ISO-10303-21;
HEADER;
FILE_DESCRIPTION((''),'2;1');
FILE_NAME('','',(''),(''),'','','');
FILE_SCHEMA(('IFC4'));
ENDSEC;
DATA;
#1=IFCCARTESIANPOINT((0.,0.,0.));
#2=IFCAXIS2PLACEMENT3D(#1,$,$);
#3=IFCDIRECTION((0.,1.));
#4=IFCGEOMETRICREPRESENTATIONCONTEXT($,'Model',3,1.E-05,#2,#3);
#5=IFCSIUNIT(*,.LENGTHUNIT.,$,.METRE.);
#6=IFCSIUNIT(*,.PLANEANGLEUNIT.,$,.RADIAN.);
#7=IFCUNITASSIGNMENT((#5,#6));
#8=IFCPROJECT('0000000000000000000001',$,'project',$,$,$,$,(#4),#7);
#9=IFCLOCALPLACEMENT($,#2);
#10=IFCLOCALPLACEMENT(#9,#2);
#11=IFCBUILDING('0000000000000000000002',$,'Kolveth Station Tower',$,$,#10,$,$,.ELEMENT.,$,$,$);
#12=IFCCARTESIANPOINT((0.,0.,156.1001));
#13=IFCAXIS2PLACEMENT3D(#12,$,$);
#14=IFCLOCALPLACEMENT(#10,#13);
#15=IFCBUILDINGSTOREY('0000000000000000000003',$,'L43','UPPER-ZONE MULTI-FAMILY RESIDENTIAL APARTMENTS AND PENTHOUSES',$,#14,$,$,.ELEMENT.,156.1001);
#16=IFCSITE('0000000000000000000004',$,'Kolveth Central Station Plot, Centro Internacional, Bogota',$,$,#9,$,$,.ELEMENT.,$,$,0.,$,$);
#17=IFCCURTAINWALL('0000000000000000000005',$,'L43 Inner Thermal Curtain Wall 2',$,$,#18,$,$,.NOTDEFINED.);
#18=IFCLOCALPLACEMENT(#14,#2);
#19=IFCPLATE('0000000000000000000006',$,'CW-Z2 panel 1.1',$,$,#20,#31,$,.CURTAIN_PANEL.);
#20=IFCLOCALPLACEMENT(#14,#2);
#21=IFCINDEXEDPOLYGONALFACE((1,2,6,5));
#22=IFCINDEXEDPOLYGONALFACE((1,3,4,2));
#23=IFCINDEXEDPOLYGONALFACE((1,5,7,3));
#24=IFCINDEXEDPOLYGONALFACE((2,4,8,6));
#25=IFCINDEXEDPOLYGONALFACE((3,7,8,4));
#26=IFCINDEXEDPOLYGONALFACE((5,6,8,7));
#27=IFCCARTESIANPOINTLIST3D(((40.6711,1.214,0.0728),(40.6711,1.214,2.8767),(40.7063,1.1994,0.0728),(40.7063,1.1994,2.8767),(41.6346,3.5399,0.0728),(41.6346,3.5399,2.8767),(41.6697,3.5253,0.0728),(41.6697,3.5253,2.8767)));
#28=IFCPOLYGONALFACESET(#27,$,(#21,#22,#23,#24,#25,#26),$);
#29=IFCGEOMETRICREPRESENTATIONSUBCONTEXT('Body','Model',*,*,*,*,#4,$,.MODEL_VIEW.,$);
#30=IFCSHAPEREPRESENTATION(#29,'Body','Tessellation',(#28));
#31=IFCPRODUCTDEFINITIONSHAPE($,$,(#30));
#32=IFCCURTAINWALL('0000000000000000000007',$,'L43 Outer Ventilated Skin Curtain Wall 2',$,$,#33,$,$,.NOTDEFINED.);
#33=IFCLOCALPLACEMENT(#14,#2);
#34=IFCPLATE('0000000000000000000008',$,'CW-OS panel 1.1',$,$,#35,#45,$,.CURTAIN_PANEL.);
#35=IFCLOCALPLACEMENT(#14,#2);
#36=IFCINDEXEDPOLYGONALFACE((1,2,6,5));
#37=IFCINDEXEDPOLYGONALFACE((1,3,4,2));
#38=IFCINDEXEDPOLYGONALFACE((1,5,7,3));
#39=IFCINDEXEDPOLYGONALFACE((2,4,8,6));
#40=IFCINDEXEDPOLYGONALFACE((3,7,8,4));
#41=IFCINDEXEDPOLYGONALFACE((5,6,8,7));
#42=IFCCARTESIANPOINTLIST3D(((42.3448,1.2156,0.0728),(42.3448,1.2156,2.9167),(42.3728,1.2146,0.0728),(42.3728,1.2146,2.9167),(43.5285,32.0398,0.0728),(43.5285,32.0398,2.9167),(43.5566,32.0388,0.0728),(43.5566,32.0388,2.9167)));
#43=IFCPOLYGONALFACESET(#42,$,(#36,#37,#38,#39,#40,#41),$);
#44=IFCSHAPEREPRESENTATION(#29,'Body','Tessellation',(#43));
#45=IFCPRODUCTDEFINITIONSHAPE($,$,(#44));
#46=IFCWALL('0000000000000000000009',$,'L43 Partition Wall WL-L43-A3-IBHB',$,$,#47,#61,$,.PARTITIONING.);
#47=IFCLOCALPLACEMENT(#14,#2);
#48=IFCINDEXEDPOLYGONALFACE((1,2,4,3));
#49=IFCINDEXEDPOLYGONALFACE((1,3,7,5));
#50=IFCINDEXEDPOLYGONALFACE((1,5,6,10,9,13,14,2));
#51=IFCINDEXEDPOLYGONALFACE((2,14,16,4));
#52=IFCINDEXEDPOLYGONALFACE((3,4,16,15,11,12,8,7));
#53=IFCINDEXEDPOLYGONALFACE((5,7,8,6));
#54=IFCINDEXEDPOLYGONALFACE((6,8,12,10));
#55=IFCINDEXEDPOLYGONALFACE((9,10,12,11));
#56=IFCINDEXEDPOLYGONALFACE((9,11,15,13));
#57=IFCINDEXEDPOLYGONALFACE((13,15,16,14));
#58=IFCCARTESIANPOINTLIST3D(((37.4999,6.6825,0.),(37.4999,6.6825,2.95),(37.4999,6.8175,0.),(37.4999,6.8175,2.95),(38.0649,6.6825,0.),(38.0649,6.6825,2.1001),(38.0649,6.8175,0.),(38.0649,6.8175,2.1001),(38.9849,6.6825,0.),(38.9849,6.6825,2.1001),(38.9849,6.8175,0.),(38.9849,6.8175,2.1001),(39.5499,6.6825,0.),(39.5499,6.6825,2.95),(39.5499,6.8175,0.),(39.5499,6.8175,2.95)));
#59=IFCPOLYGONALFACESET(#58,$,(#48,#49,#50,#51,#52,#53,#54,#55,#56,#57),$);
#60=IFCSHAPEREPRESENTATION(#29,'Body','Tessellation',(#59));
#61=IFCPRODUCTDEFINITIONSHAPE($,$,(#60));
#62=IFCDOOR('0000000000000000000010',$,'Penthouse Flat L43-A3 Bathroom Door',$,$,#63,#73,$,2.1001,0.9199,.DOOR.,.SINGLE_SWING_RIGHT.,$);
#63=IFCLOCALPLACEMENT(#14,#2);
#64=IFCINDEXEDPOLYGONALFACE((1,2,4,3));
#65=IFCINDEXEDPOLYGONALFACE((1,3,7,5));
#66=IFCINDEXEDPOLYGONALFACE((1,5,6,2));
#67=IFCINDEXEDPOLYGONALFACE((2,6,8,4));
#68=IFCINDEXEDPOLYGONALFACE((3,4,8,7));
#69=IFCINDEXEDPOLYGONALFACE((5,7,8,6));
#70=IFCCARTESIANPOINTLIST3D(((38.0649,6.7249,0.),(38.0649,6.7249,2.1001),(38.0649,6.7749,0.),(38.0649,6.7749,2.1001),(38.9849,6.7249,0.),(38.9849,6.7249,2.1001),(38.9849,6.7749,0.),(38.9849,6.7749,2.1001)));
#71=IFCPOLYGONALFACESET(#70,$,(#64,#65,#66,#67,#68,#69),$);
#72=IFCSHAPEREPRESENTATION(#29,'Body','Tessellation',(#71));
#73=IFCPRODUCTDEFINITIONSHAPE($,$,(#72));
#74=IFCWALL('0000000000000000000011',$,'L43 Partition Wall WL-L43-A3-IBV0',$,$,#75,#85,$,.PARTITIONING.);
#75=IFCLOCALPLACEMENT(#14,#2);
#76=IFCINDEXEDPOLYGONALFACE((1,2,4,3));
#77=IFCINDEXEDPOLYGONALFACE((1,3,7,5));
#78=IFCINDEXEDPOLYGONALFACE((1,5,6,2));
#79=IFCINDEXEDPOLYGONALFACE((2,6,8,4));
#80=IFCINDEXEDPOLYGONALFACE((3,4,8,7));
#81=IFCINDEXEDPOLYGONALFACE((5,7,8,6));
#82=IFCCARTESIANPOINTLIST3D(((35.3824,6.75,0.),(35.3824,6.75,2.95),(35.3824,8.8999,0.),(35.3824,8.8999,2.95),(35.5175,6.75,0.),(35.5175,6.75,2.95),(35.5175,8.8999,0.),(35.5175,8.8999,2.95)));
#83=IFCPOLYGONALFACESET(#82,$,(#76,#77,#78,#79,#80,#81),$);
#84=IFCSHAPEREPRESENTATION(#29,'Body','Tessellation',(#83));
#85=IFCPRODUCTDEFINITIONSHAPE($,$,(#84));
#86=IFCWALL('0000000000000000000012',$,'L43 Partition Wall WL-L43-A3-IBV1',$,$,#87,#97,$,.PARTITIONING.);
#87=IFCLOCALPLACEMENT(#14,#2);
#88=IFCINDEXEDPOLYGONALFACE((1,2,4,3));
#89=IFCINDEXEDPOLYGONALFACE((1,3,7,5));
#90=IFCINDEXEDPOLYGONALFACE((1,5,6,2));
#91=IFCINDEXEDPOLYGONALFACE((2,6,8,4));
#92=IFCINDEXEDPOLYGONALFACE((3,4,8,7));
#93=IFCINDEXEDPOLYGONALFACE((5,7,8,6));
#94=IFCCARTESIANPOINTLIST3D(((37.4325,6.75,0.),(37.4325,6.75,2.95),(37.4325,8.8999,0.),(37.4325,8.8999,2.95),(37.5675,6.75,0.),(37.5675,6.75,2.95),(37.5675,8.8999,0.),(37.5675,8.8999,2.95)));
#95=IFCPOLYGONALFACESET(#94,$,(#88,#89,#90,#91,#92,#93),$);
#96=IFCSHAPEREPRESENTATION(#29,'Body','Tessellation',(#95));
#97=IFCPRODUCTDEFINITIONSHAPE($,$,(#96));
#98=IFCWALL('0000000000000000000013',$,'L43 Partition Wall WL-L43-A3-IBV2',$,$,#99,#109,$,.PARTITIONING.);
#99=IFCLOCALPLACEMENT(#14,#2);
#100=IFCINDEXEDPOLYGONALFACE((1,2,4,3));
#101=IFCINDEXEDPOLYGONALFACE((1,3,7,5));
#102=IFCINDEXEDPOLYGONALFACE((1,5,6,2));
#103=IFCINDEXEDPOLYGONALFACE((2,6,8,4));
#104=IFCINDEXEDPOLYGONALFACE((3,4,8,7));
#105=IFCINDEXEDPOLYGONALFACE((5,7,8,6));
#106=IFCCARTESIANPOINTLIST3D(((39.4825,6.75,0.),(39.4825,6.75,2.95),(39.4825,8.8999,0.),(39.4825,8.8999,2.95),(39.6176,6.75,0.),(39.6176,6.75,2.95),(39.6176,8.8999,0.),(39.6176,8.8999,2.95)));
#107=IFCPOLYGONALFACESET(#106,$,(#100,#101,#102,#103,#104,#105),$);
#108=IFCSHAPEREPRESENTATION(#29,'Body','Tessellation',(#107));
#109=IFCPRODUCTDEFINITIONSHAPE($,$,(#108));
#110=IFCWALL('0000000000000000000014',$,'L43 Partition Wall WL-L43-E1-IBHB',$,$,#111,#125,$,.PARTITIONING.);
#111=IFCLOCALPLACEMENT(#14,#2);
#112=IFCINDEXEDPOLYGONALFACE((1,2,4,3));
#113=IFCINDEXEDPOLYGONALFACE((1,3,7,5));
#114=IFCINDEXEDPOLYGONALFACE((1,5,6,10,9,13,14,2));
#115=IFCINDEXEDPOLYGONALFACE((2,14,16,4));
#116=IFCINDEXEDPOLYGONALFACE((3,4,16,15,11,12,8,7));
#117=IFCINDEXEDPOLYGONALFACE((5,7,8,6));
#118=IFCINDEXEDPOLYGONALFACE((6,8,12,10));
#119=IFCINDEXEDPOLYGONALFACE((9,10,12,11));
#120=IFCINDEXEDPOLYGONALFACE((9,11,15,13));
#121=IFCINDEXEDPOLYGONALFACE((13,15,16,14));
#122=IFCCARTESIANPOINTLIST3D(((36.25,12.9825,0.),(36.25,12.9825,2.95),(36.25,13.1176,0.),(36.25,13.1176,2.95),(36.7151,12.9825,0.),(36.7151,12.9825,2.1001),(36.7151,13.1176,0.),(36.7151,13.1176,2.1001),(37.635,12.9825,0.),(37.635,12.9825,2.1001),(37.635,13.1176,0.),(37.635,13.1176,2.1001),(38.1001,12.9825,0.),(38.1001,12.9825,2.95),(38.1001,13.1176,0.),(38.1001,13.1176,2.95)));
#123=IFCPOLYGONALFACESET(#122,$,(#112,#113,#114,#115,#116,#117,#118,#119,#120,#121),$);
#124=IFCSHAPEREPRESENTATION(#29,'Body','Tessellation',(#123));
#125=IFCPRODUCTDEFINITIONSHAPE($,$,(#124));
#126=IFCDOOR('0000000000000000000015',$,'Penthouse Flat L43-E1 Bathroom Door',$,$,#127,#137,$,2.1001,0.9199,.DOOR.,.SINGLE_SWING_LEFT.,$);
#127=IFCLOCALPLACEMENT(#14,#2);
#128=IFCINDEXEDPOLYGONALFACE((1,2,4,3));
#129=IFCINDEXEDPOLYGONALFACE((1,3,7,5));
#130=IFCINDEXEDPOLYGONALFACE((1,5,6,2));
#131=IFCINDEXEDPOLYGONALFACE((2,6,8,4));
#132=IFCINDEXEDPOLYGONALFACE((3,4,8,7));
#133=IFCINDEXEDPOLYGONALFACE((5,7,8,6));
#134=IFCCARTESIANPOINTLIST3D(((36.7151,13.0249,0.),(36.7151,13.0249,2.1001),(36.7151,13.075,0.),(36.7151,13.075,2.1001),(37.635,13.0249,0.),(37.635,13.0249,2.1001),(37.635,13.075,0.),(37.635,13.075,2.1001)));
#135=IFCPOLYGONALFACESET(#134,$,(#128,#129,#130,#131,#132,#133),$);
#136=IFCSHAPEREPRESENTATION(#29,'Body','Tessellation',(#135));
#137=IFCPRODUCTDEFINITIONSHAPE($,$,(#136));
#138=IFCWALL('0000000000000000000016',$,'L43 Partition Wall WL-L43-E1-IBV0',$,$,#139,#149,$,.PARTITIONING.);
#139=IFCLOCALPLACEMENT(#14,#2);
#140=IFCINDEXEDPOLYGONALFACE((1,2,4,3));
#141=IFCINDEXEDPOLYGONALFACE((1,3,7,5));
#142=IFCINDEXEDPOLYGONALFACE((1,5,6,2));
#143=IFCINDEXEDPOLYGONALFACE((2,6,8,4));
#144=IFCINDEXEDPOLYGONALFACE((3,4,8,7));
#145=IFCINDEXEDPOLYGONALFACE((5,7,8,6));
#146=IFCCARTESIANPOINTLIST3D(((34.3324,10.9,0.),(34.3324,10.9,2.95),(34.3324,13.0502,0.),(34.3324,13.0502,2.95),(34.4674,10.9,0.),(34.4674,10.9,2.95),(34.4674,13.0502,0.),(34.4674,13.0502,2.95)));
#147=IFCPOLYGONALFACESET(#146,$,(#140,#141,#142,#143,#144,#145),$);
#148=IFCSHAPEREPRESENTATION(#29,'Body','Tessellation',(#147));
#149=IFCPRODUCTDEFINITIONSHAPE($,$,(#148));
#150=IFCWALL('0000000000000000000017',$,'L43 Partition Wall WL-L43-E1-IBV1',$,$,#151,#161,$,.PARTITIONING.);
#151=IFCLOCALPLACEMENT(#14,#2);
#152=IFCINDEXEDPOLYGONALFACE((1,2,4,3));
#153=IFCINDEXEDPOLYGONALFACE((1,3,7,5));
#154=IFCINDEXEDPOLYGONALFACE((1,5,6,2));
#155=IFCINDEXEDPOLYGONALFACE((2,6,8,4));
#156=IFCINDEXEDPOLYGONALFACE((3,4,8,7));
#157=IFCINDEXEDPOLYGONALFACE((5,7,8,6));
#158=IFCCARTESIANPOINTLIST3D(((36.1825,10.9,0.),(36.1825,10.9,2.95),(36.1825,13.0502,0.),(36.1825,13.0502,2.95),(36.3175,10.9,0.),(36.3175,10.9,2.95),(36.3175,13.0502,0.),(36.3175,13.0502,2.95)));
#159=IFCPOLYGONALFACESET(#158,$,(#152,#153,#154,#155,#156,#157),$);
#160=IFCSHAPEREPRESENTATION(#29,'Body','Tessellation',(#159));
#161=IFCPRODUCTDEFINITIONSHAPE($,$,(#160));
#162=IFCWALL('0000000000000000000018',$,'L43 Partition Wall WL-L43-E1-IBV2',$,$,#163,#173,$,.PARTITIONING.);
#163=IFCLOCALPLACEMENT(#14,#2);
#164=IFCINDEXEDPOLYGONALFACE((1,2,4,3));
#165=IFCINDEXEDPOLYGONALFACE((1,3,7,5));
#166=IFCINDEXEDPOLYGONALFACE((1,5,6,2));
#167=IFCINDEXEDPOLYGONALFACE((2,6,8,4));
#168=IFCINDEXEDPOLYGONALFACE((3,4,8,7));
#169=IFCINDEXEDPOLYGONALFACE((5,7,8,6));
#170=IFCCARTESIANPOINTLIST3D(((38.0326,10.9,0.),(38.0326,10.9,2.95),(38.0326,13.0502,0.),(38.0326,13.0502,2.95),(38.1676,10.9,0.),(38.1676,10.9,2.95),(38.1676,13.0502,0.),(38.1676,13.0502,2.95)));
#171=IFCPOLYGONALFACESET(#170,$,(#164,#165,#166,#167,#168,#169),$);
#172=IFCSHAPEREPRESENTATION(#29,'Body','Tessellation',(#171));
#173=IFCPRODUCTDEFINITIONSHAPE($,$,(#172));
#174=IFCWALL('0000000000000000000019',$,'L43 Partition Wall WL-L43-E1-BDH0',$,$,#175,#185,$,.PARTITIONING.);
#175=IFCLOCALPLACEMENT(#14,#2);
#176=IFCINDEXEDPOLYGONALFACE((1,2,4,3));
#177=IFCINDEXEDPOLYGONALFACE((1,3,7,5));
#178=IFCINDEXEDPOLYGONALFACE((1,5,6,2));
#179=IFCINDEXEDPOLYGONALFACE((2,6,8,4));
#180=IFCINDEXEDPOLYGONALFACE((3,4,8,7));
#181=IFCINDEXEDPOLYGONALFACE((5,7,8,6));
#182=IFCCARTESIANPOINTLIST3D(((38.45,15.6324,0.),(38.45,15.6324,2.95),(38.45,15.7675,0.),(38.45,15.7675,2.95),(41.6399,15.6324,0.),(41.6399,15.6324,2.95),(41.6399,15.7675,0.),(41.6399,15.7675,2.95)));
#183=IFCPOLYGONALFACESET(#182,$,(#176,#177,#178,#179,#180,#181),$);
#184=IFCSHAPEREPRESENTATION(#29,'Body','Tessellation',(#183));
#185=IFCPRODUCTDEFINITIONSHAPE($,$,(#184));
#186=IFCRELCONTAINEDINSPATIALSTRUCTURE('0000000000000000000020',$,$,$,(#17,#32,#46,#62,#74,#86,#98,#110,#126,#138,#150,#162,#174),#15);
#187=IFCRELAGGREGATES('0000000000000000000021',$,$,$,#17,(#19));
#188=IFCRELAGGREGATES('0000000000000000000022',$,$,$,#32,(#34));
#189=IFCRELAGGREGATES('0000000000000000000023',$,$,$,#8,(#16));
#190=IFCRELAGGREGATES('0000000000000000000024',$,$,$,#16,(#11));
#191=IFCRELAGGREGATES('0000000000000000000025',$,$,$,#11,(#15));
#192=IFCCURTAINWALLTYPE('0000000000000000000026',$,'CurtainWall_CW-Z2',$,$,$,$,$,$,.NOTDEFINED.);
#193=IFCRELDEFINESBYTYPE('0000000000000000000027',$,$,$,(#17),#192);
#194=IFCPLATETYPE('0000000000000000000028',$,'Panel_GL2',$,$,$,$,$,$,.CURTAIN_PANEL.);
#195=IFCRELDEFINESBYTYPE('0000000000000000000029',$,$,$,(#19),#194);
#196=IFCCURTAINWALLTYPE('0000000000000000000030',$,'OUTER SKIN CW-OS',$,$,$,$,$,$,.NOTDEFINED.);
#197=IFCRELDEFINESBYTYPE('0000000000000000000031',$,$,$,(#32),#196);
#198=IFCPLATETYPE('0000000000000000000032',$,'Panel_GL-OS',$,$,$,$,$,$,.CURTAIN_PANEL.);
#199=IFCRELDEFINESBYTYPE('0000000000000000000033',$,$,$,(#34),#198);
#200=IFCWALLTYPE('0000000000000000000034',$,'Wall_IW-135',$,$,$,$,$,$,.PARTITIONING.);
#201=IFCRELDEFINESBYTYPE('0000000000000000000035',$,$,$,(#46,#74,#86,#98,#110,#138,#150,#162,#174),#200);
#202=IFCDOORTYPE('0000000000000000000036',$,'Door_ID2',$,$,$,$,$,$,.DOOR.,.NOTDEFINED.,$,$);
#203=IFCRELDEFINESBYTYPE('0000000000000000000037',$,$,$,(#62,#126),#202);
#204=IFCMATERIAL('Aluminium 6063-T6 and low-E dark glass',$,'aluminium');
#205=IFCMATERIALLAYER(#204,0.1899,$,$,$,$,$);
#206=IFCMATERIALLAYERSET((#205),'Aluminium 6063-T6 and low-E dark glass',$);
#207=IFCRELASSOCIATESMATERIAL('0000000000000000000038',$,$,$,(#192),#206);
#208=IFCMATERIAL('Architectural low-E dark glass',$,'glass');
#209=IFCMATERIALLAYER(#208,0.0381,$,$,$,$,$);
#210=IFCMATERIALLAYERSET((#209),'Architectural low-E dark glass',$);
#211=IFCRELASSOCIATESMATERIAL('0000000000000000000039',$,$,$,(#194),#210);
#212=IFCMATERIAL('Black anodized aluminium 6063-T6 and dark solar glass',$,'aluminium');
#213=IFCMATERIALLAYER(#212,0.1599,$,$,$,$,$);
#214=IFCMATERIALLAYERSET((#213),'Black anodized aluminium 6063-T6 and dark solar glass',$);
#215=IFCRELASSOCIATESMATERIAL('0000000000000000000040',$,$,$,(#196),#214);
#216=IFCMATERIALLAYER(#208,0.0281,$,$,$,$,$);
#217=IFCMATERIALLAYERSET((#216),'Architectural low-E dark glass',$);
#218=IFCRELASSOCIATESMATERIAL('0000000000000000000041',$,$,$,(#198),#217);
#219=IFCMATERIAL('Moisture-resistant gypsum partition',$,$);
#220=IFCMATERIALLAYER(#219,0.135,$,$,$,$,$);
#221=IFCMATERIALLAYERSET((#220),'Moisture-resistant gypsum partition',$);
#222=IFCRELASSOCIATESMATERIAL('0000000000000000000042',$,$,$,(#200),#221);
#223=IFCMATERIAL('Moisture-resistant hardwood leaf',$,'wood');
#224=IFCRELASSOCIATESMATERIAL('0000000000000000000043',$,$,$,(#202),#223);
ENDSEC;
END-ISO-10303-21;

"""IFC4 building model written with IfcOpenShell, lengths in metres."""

from ifc_helpers import new_model, si_unit, direction, frame, frame_2d, origin, origin_2d, place, context, subcontext, project, spatial, rectangle, extrude, source, transform, mapped, material, layer, layer_set, type_object, element, fill, aggregate, save


model = new_model("IFC4")

# Units and contexts
model_context = context("Model", 3, precision=1e-05, world=origin(), true_north=direction((0.0, 1.0)))
body_context = subcontext(model_context, "Body", "Model", "MODEL_VIEW")
ifc_project = project(units=[si_unit("LENGTHUNIT", "METRE"), si_unit("PLANEANGLEUNIT", "RADIAN")], contexts=[model_context])

# Site, building, storey
site_placement = place(None, origin())
site = spatial("IfcSite", under=ifc_project, at=site_placement, Name="Kolveth Central Station Plot, Centro Internacional, Bogota", CompositionType="ELEMENT", RefElevation=0.0)
building_placement = place(site_placement, origin())
building = spatial("IfcBuilding", under=site, at=building_placement, Name="Kolveth Station Tower", CompositionType="ELEMENT")
storey_placement = place(building_placement, frame((0.0, 0.0, 156.1001)))
storey = spatial("IfcBuildingStorey", under=building, at=storey_placement, Name="L43", Description="UPPER-ZONE MULTI-FAMILY RESIDENTIAL APARTMENTS AND PENTHOUSES", CompositionType="ELEMENT", Elevation=156.1001)

# Curtain wall
ifc_material_1 = material(Name="Aluminium 6063-T6 and low-E dark glass", Category="aluminium")
ifc_layer_1 = layer(ifc_material_1, 0.1899)
ifc_layer_set_1 = layer_set([ifc_layer_1], Name="Aluminium 6063-T6 and low-E dark glass")
curtain_wall_type_1 = type_object("IfcCurtainWallType", Name="CurtainWall_CW-Z2", PredefinedType="NOTDEFINED", material=ifc_layer_set_1)
curtain_wall_1_placement = place(storey_placement, origin())
curtain_wall_1 = element("IfcCurtainWall", 1, at=curtain_wall_1_placement, inside=storey, type_object=curtain_wall_type_1, Name="L43 Inner Thermal Curtain Wall 2", PredefinedType="NOTDEFINED")

# Plate
ifc_material_2 = material(Name="Architectural low-E dark glass", Category="glass")
ifc_layer_2 = layer(ifc_material_2, 0.0381)
ifc_layer_set_2 = layer_set([ifc_layer_2], Name="Architectural low-E dark glass")
plate_type_1 = type_object("IfcPlateType", Name="Panel_GL2", PredefinedType="CURTAIN_PANEL", material=ifc_layer_set_2)
shared_shape_1 = source(origin(), body_context, "Body", "SweptSolid", [
    extrude(rectangle(XDim=2.5176, YDim=0.0381, at=origin_2d()), origin(), (0.0, 0.0, 1.0), 2.804),
])
plate_1_placement = place(storey_placement, frame((41.1704, 2.3696, 0.0728), z_axis=(0.0, 0.0, 1.0), x_axis=(0.382698, 0.923874, 0.0)))
plate_1 = element("IfcPlate", 2, at=plate_1_placement, type_object=plate_type_1, Name="CW-Z2 panel 1.1", PredefinedType="CURTAIN_PANEL", context=body_context, shape_type="MappedRepresentation", body=[
    mapped(shared_shape_1, transform((0.0, 0.0, 0.0), x_axis=(1.0, 0.0, 0.0), y_axis=(0.0, 1.0, 0.0), z_axis=(0.0, 0.0, 1.0), scale=1.0)),
])
aggregate(curtain_wall_1, [plate_1])

# Curtain wall, plate
ifc_material_3 = material(Name="Black anodized aluminium 6063-T6 and dark solar glass", Category="aluminium")
ifc_layer_3 = layer(ifc_material_3, 0.1599)
ifc_layer_set_3 = layer_set([ifc_layer_3], Name="Black anodized aluminium 6063-T6 and dark solar glass")
curtain_wall_type_2 = type_object("IfcCurtainWallType", Name="OUTER SKIN CW-OS", PredefinedType="NOTDEFINED", material=ifc_layer_set_3)
curtain_wall_2_placement = place(storey_placement, origin())
curtain_wall_2 = element("IfcCurtainWall", 3, at=curtain_wall_2_placement, inside=storey, type_object=curtain_wall_type_2, Name="L43 Outer Ventilated Skin Curtain Wall 2", PredefinedType="NOTDEFINED")
ifc_layer_4 = layer(ifc_material_2, 0.0281)
ifc_layer_set_4 = layer_set([ifc_layer_4], Name="Architectural low-E dark glass")
plate_type_2 = type_object("IfcPlateType", Name="Panel_GL-OS", PredefinedType="CURTAIN_PANEL", material=ifc_layer_set_4)
shared_shape_2 = source(origin(), body_context, "Body", "SweptSolid", [
    extrude(rectangle(XDim=30.8469, YDim=0.0281, at=origin_2d()), origin(), (0.0, 0.0, 1.0), 2.844),
])
plate_2_placement = place(storey_placement, frame((42.9507, 16.6272, 0.0728), z_axis=(0.0, 0.0, 1.0), x_axis=(0.038374, 0.999263, 0.0)))
plate_2 = element("IfcPlate", 4, at=plate_2_placement, type_object=plate_type_2, Name="CW-OS panel 1.1", PredefinedType="CURTAIN_PANEL", context=body_context, shape_type="MappedRepresentation", body=[
    mapped(shared_shape_2, transform((0.0, 0.0, 0.0), x_axis=(1.0, 0.0, 0.0), y_axis=(0.0, 1.0, 0.0), z_axis=(0.0, 0.0, 1.0), scale=1.0)),
])
aggregate(curtain_wall_2, [plate_2])

# Wall, opening, door
ifc_material_4 = material(Name="Moisture-resistant gypsum partition")
ifc_layer_5 = layer(ifc_material_4, 0.135)
ifc_layer_set_5 = layer_set([ifc_layer_5], Name="Moisture-resistant gypsum partition")
wall_type_1 = type_object("IfcWallType", Name="Wall_IW-135", PredefinedType="PARTITIONING", material=ifc_layer_set_5)
wall_1_placement = place(storey_placement, frame((37.5, 6.75, 0.0), z_axis=(0.0, 0.0, 1.0), x_axis=(1.0, 0.0, 0.0)))
wall_1 = element("IfcWall", 5, at=wall_1_placement, inside=storey, type_object=wall_type_1, Name="L43 Partition Wall WL-L43-A3-IBHB", PredefinedType="PARTITIONING", context=body_context, shape_type="SweptSolid", body=[
    extrude(rectangle(XDim=2.05, YDim=0.135, at=frame_2d((1.0249, 0.0))), origin(), (0.0, 0.0, 1.0), 2.95),
])
opening_1_placement = place(wall_1_placement, frame((0.5649, 0.0, 0.0)))
opening_1 = element("IfcOpeningElement", 6, at=opening_1_placement, cuts=wall_1, PredefinedType="OPENING", context=body_context, shape_type="SweptSolid", body=[
    extrude(rectangle(XDim=0.9199, YDim=2.1001, at=frame_2d((0.46, 1.05))), frame((0.0, 0.0774, 0.0), z_axis=(0.0, -1.0, 0.0), x_axis=(1.0, 0.0, 0.0)), (0.0, 0.0, 1.0), 0.155),
])
ifc_material_5 = material(Name="Moisture-resistant hardwood leaf", Category="wood")
door_type_1 = type_object("IfcDoorType", Name="Door_ID2", OperationType="NOTDEFINED", PredefinedType="DOOR", material=ifc_material_5)
door_1_placement = place(opening_1_placement, origin())
door_1 = element("IfcDoor", 7, at=door_1_placement, inside=storey, type_object=door_type_1, Name="Penthouse Flat L43-A3 Bathroom Door", OperationType="SINGLE_SWING_RIGHT", OverallHeight=2.1001, OverallWidth=0.9199, PredefinedType="DOOR", context=body_context, shape_type="SweptSolid", body=[
    extrude(rectangle(XDim=0.9199, YDim=2.1001, at=frame_2d((0.46, 1.05))), frame((0.0, 0.0249, 0.0), z_axis=(0.0, -1.0, 0.0), x_axis=(1.0, 0.0, 0.0)), (0.0, 0.0, 1.0), 0.05),
])
fill(opening_1, door_1)

# Walls
for number, where, z_axis, x_axis, name in (
    (8, (35.45, 6.75, 0.0), (0.0, 0.0, 1.0), (0.0, 1.0, 0.0), "L43 Partition Wall WL-L43-A3-IBV0"),
    (9, (37.5, 6.75, 0.0), (0.0, 0.0, 1.0), (0.0, 1.0, 0.0), "L43 Partition Wall WL-L43-A3-IBV1"),
    (10, (39.55, 6.75, 0.0), (0.0, 0.0, 1.0), (0.0, 1.0, 0.0), "L43 Partition Wall WL-L43-A3-IBV2"),
):
    element("IfcWall", number, at=place(storey_placement, frame(where, z_axis=z_axis, x_axis=x_axis)), inside=storey, type_object=wall_type_1, Name=name, PredefinedType="PARTITIONING", context=body_context, shape_type="SweptSolid", body=[
        extrude(rectangle(XDim=2.1499, YDim=0.135, at=frame_2d((1.075, 0.0))), origin(), (0.0, 0.0, 1.0), 2.95),
    ])

# Wall, opening, door
wall_2_placement = place(storey_placement, frame((36.25, 13.05, 0.0), z_axis=(0.0, 0.0, 1.0), x_axis=(1.0, 0.0, 0.0)))
wall_2 = element("IfcWall", 11, at=wall_2_placement, inside=storey, type_object=wall_type_1, Name="L43 Partition Wall WL-L43-E1-IBHB", PredefinedType="PARTITIONING", context=body_context, shape_type="SweptSolid", body=[
    extrude(rectangle(XDim=1.8501, YDim=0.135, at=frame_2d((0.925, 0.0))), origin(), (0.0, 0.0, 1.0), 2.95),
])
opening_2_placement = place(wall_2_placement, frame((0.4651, 0.0, 0.0)))
opening_2 = element("IfcOpeningElement", 12, at=opening_2_placement, cuts=wall_2, PredefinedType="OPENING", context=body_context, shape_type="SweptSolid", body=[
    extrude(rectangle(XDim=0.9199, YDim=2.1001, at=frame_2d((0.46, 1.05))), frame((0.0, 0.0774, 0.0), z_axis=(0.0, -1.0, 0.0), x_axis=(1.0, 0.0, 0.0)), (0.0, 0.0, 1.0), 0.155),
])
door_2_placement = place(opening_2_placement, origin())
door_2 = element("IfcDoor", 13, at=door_2_placement, inside=storey, type_object=door_type_1, Name="Penthouse Flat L43-E1 Bathroom Door", OperationType="SINGLE_SWING_LEFT", OverallHeight=2.1001, OverallWidth=0.9199, PredefinedType="DOOR", context=body_context, shape_type="SweptSolid", body=[
    extrude(rectangle(XDim=0.9199, YDim=2.1001, at=frame_2d((0.46, 1.05))), frame((0.0, 0.0249, 0.0), z_axis=(0.0, -1.0, 0.0), x_axis=(1.0, 0.0, 0.0)), (0.0, 0.0, 1.0), 0.05),
])
fill(opening_2, door_2)

# Walls
for number, where, z_axis, x_axis, name in (
    (14, (34.3999, 10.8999, 0.0), (0.0, 0.0, 1.0), (0.0, 1.0, 0.0), "L43 Partition Wall WL-L43-E1-IBV0"),
    (15, (36.25, 10.8999, 0.0), (0.0, 0.0, 1.0), (0.0, 1.0, 0.0), "L43 Partition Wall WL-L43-E1-IBV1"),
    (16, (38.1001, 10.8999, 0.0), (0.0, 0.0, 1.0), (0.0, 1.0, 0.0), "L43 Partition Wall WL-L43-E1-IBV2"),
):
    element("IfcWall", number, at=place(storey_placement, frame(where, z_axis=z_axis, x_axis=x_axis)), inside=storey, type_object=wall_type_1, Name=name, PredefinedType="PARTITIONING", context=body_context, shape_type="SweptSolid", body=[
        extrude(rectangle(XDim=2.1501, YDim=0.135, at=frame_2d((1.0752, 0.0))), origin(), (0.0, 0.0, 1.0), 2.95),
    ])
wall_3_placement = place(storey_placement, frame((38.45, 15.7, 0.0), z_axis=(0.0, 0.0, 1.0), x_axis=(1.0, 0.0, 0.0)))
element("IfcWall", 17, at=wall_3_placement, inside=storey, type_object=wall_type_1, Name="L43 Partition Wall WL-L43-E1-BDH0", PredefinedType="PARTITIONING", context=body_context, shape_type="SweptSolid", body=[
    extrude(rectangle(XDim=3.1899, YDim=0.135, at=frame_2d((1.595, 0.0))), origin(), (0.0, 0.0, 1.0), 2.95),
])

save(model, "model.ifc")
